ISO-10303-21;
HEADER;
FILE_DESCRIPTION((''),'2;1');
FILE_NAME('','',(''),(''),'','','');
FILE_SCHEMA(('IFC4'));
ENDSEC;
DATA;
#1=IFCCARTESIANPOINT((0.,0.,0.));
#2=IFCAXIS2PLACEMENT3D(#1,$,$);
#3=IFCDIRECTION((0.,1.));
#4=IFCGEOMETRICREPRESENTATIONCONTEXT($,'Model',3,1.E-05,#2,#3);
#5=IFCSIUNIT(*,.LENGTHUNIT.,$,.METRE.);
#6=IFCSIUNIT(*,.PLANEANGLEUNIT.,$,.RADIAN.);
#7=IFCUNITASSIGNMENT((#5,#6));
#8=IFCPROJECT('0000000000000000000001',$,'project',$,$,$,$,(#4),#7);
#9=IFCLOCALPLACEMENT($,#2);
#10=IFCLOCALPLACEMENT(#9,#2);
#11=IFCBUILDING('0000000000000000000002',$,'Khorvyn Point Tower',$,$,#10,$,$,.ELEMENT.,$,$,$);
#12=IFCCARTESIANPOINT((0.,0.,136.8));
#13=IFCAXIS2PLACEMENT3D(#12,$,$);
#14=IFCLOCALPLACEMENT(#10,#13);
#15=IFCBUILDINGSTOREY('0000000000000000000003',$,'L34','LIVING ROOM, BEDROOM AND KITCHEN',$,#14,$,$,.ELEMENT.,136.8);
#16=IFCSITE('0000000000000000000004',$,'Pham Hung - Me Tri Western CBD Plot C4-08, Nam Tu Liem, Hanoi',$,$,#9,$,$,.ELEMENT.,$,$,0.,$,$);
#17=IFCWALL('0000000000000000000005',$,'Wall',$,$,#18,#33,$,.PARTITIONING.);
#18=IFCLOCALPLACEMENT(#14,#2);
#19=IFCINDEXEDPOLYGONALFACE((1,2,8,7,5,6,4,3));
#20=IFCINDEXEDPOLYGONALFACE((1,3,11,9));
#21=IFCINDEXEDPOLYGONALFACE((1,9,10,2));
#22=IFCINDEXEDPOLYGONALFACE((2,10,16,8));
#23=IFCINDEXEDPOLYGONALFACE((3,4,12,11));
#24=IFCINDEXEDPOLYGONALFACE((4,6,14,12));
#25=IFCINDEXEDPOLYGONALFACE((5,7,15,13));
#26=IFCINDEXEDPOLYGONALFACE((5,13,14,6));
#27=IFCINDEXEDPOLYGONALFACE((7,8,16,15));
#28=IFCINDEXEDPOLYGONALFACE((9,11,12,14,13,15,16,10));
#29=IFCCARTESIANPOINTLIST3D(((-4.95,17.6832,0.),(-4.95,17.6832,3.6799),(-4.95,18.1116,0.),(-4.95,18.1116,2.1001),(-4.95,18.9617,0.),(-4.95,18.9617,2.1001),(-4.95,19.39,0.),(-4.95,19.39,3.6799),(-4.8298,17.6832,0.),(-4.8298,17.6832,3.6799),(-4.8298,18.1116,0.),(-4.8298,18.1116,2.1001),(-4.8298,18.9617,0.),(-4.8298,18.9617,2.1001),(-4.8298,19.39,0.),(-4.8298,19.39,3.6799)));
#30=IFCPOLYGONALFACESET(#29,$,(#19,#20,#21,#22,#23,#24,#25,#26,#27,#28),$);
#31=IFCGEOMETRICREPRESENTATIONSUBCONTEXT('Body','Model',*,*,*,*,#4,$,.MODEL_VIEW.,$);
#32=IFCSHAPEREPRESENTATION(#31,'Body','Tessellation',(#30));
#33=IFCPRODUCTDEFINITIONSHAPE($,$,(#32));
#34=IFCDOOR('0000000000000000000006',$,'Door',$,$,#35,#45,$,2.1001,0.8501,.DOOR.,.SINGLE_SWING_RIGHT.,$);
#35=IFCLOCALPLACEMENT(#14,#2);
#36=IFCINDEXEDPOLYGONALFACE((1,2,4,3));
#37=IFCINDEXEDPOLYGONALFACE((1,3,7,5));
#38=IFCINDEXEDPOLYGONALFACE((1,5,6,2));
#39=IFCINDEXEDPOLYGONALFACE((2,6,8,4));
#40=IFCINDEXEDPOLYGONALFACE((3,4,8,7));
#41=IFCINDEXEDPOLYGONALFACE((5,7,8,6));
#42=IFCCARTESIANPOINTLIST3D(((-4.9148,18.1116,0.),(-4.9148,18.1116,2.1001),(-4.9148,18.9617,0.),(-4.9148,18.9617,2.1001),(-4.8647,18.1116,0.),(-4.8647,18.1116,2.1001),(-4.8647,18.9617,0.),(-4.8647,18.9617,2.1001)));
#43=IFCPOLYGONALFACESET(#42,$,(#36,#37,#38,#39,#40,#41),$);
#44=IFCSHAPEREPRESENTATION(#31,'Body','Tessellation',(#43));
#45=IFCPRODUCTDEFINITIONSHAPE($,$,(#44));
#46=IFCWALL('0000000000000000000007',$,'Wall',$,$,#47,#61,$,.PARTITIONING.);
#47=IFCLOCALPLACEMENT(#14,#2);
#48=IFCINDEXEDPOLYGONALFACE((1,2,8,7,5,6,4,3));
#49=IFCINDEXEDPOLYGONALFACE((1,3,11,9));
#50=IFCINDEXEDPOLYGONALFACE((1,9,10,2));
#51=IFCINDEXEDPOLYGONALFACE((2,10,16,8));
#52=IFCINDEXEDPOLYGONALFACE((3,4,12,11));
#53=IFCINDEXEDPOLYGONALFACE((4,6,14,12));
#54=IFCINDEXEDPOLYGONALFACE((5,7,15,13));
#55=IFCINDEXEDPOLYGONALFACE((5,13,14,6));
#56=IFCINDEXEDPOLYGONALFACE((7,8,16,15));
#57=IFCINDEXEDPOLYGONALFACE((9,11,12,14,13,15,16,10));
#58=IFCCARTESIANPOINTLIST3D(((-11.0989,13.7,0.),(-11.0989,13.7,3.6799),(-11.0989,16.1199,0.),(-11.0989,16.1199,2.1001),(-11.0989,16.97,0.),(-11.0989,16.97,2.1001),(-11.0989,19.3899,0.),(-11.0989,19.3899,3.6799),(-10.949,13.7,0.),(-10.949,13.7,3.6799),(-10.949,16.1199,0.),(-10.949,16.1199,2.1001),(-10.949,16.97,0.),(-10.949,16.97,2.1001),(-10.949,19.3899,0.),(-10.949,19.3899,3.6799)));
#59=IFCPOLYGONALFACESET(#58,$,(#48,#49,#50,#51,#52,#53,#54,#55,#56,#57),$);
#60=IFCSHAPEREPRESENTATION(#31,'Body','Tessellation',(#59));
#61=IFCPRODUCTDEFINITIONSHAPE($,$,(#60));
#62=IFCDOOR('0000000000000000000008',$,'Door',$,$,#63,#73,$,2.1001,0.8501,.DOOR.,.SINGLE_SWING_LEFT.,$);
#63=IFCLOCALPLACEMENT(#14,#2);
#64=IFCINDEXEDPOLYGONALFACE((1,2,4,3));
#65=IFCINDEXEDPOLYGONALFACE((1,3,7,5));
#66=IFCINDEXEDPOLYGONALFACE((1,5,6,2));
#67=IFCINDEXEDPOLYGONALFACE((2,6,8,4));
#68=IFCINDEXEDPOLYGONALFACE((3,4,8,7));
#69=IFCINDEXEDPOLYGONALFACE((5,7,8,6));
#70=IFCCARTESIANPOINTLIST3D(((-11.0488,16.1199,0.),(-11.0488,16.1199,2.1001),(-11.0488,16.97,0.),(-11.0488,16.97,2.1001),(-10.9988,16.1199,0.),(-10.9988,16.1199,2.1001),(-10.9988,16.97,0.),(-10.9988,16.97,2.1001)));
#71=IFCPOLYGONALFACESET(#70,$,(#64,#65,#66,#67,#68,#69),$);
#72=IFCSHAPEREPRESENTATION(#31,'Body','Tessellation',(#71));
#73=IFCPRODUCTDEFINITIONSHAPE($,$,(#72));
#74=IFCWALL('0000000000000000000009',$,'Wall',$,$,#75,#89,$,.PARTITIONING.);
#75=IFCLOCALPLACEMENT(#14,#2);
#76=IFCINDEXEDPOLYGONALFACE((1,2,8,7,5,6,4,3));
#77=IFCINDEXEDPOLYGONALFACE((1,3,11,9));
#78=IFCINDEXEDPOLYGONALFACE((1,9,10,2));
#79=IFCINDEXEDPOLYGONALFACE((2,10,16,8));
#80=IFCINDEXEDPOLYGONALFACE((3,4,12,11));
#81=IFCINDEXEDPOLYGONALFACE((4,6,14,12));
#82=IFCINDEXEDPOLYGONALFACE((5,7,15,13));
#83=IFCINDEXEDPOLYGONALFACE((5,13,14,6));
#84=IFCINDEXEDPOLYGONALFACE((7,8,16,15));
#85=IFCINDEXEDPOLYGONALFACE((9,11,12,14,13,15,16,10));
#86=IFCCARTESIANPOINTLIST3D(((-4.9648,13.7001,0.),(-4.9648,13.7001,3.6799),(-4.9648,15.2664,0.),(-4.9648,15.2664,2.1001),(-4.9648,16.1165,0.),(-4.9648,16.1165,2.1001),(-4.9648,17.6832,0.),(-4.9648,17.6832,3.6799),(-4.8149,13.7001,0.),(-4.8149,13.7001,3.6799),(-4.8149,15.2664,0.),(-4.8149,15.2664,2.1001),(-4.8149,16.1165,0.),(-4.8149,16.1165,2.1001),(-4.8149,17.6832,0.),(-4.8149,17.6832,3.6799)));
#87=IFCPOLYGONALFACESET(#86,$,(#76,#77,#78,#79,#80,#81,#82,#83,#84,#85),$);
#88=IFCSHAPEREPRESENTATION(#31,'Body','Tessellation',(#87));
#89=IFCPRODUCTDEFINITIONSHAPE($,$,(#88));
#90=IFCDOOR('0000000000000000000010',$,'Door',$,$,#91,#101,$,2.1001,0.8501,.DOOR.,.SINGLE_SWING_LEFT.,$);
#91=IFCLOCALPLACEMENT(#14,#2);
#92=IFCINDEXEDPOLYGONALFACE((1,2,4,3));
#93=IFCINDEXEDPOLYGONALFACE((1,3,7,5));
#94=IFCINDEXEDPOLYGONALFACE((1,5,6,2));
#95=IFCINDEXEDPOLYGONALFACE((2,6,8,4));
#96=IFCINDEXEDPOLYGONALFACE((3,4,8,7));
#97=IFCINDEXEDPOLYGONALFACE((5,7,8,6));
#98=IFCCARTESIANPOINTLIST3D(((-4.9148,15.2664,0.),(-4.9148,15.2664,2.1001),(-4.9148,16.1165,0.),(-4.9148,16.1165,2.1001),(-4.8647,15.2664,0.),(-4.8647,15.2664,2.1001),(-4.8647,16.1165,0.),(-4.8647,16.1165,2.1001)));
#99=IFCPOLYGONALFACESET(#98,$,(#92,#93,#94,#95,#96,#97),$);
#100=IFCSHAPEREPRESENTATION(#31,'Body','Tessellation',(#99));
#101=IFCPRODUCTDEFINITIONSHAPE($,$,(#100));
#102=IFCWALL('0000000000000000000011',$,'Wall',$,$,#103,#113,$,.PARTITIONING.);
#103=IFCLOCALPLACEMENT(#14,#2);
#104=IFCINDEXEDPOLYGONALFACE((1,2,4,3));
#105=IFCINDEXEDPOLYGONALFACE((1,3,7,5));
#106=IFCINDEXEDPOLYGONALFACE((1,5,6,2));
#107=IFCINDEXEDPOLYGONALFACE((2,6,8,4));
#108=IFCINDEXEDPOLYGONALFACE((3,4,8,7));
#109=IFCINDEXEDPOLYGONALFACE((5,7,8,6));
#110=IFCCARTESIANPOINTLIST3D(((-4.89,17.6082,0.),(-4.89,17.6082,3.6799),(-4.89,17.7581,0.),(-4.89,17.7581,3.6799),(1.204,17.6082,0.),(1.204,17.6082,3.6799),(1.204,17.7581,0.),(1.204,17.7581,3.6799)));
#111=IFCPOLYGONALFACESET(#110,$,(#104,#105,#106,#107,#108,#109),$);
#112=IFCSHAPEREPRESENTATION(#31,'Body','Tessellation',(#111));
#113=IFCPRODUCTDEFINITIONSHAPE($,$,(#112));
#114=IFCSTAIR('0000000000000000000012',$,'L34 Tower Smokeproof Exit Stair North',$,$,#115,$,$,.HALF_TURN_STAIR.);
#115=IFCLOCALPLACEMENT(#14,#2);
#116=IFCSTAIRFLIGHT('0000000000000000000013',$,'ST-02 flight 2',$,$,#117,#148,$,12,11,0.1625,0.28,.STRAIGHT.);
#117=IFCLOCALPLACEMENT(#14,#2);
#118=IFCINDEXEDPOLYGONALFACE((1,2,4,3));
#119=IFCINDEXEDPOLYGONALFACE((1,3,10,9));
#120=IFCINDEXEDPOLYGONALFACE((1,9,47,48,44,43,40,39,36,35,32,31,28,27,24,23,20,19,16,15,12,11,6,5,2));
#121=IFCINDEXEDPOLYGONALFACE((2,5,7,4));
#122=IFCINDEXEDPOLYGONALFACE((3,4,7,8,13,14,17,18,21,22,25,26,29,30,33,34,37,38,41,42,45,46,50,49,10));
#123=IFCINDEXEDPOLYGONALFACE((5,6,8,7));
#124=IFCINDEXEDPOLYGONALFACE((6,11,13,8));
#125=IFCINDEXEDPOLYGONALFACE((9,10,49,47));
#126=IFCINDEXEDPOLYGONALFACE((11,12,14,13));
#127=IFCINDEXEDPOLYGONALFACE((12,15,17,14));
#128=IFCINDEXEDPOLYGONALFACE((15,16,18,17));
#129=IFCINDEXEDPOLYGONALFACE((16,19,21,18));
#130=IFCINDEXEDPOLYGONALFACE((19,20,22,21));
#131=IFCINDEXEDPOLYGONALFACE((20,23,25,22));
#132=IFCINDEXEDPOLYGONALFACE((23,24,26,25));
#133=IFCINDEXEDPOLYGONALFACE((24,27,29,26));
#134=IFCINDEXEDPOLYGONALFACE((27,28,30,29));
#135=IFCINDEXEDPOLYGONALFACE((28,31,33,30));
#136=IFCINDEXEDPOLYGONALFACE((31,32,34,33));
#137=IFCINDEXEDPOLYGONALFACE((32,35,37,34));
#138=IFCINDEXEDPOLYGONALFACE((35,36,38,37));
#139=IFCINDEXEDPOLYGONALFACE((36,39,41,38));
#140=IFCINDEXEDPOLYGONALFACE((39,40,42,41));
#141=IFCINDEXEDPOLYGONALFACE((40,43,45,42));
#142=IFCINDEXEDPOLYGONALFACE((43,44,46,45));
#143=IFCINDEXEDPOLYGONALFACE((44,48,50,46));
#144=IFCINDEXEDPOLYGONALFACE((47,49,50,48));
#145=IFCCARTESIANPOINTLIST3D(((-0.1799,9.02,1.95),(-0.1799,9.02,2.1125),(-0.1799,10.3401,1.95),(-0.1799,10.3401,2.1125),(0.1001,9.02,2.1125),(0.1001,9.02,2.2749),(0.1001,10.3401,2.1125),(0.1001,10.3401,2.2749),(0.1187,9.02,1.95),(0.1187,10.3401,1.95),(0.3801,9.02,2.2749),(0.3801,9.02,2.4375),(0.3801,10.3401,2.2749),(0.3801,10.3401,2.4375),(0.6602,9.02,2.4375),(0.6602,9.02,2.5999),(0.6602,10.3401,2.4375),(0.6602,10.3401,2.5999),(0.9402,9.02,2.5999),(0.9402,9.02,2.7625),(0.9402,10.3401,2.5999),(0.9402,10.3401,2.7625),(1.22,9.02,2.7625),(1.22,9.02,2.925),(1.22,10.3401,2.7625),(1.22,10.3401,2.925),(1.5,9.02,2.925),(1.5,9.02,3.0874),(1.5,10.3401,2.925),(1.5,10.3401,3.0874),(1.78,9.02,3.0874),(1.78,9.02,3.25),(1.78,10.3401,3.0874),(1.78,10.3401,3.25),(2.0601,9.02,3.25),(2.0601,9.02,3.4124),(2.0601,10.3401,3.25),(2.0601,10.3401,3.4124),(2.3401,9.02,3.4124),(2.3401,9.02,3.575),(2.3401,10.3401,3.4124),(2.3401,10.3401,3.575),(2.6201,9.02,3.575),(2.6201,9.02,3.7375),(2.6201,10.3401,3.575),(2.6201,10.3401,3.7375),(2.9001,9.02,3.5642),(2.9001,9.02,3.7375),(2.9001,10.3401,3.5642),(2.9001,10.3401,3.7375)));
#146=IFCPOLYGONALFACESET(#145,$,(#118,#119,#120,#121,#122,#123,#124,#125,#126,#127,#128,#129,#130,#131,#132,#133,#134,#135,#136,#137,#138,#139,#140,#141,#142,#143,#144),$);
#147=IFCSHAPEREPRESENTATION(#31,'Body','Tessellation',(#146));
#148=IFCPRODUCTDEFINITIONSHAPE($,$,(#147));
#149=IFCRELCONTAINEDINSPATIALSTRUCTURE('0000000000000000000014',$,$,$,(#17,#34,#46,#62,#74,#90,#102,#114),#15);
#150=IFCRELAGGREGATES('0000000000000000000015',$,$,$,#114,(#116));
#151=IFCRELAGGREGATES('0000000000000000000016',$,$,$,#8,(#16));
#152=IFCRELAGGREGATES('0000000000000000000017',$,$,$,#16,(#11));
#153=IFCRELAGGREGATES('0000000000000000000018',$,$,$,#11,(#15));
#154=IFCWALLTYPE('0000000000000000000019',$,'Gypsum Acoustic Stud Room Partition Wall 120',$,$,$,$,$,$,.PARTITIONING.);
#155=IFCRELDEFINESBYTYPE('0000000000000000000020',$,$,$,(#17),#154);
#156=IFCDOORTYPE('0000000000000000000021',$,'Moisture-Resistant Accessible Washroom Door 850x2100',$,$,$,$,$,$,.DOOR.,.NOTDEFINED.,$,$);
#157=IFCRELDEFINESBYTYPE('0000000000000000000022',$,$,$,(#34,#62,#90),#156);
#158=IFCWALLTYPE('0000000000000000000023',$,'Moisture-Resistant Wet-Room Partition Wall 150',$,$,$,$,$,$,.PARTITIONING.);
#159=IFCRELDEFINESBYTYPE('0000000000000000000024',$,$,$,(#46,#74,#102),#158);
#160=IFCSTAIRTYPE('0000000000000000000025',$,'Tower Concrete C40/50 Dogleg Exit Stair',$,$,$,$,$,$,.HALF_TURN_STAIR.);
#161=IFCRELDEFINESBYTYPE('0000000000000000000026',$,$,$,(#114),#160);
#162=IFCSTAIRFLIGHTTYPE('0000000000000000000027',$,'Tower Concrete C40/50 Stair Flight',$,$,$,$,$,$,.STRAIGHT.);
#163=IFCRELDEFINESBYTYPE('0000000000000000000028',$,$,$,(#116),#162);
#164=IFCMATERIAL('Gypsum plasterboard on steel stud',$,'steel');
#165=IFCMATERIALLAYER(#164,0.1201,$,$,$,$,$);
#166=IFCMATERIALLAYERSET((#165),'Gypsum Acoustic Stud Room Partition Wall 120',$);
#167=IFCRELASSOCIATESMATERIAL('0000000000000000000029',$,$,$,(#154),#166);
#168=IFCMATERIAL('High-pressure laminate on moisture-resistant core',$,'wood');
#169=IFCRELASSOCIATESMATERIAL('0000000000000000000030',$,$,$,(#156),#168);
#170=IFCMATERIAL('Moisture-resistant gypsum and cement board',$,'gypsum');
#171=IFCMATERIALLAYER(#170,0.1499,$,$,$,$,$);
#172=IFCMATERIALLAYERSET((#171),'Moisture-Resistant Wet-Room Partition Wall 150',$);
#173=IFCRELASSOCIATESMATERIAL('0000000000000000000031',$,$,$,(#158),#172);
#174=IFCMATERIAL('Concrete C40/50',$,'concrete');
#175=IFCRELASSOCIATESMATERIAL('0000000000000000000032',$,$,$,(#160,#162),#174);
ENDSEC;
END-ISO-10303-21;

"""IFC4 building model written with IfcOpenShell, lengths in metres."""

from ifc_helpers import new_model, si_unit, direction, frame, frame_2d, origin, place, context, subcontext, project, spatial, polyline, rectangle, outline, extrude, material, layer, layer_set, type_object, element, fill, aggregate, save


model = new_model("IFC4")

# Units and contexts
model_context = context("Model", 3, precision=1e-05, world=origin(), true_north=direction((0.0, 1.0)))
body_context = subcontext(model_context, "Body", "Model", "MODEL_VIEW")
ifc_project = project(units=[si_unit("LENGTHUNIT", "METRE"), si_unit("PLANEANGLEUNIT", "RADIAN")], contexts=[model_context])

# Site, building, storey
site_placement = place(None, origin())
site = spatial("IfcSite", under=ifc_project, at=site_placement, Name="Pham Hung - Me Tri Western CBD Plot C4-08, Nam Tu Liem, Hanoi", CompositionType="ELEMENT", RefElevation=0.0)
building_placement = place(site_placement, origin())
building = spatial("IfcBuilding", under=site, at=building_placement, Name="Khorvyn Point Tower", CompositionType="ELEMENT")
storey_placement = place(building_placement, frame((0.0, 0.0, 136.8)))
storey = spatial("IfcBuildingStorey", under=building, at=storey_placement, Name="L34", Description="LIVING ROOM, BEDROOM AND KITCHEN", CompositionType="ELEMENT", Elevation=136.8)

# Shared definitions
ifc_material_1 = material(Name="Concrete C40/50", Category="concrete")

# Walls, openings, doors
ifc_material_2 = material(Name="Gypsum plasterboard on steel stud", Category="steel")
ifc_layer_1 = layer(ifc_material_2, 0.1201)
ifc_layer_set_1 = layer_set([ifc_layer_1], Name="Gypsum Acoustic Stud Room Partition Wall 120")
wall_type_1 = type_object("IfcWallType", Name="Gypsum Acoustic Stud Room Partition Wall 120", PredefinedType="PARTITIONING", material=ifc_layer_set_1)
wall_1_placement = place(storey_placement, frame((-4.8899, 17.6831, 0.0), z_axis=(0.0, 0.0, 1.0), x_axis=(0.0, 1.0, 0.0)))
wall_1 = element("IfcWall", 1, at=wall_1_placement, inside=storey, type_object=wall_type_1, Name="Wall", PredefinedType="PARTITIONING", context=body_context, shape_type="SweptSolid", body=[
    extrude(rectangle(XDim=1.7068, YDim=0.1201, at=frame_2d((0.8535, 0.0))), origin(), (0.0, 0.0, 1.0), 3.6799),
])
opening_1_placement = place(wall_1_placement, frame((0.4285, 0.0, 0.0)))
opening_1 = element("IfcOpeningElement", 2, at=opening_1_placement, cuts=wall_1, PredefinedType="OPENING", context=body_context, shape_type="SweptSolid", body=[
    extrude(rectangle(XDim=0.8501, YDim=2.1001, at=frame_2d((0.425, 1.05))), frame((0.0, 0.0701, 0.0), z_axis=(0.0, -1.0, 0.0), x_axis=(1.0, 0.0, 0.0)), (0.0, 0.0, 1.0), 0.1401),
])
ifc_material_3 = material(Name="High-pressure laminate on moisture-resistant core", Category="wood")
door_type_1 = type_object("IfcDoorType", Name="Moisture-Resistant Accessible Washroom Door 850x2100", OperationType="NOTDEFINED", PredefinedType="DOOR", material=ifc_material_3)
door_1_placement = place(opening_1_placement, origin())
door_1 = element("IfcDoor", 3, at=door_1_placement, inside=storey, type_object=door_type_1, Name="Door", OperationType="SINGLE_SWING_RIGHT", OverallHeight=2.1001, OverallWidth=0.8501, PredefinedType="DOOR", context=body_context, shape_type="SweptSolid", body=[
    extrude(rectangle(XDim=0.8501, YDim=2.1001, at=frame_2d((0.425, 1.05))), frame((0.0, 0.0249, 0.0), z_axis=(0.0, -1.0, 0.0), x_axis=(1.0, 0.0, 0.0)), (0.0, 0.0, 1.0), 0.05),
])
fill(opening_1, door_1)
ifc_material_4 = material(Name="Moisture-resistant gypsum and cement board", Category="gypsum")
ifc_layer_2 = layer(ifc_material_4, 0.1499)
ifc_layer_set_2 = layer_set([ifc_layer_2], Name="Moisture-Resistant Wet-Room Partition Wall 150")
wall_type_2 = type_object("IfcWallType", Name="Moisture-Resistant Wet-Room Partition Wall 150", PredefinedType="PARTITIONING", material=ifc_layer_set_2)
wall_2_placement = place(storey_placement, frame((-11.0239, 13.7, 0.0), z_axis=(0.0, 0.0, 1.0), x_axis=(0.0, 1.0, 0.0)))
wall_2 = element("IfcWall", 4, at=wall_2_placement, inside=storey, type_object=wall_type_2, Name="Wall", PredefinedType="PARTITIONING", context=body_context, shape_type="SweptSolid", body=[
    extrude(rectangle(XDim=5.6899, YDim=0.1499, at=frame_2d((2.845, 0.0))), origin(), (0.0, 0.0, 1.0), 3.6799),
])
opening_2_placement = place(wall_2_placement, frame((2.4199, 0.0, 0.0)))
opening_2 = element("IfcOpeningElement", 5, at=opening_2_placement, cuts=wall_2, PredefinedType="OPENING", context=body_context, shape_type="SweptSolid", body=[
    extrude(rectangle(XDim=0.8501, YDim=2.1001, at=frame_2d((0.425, 1.05))), frame((0.0, 0.085, 0.0), z_axis=(0.0, -1.0, 0.0), x_axis=(1.0, 0.0, 0.0)), (0.0, 0.0, 1.0), 0.1699),
])
door_2_placement = place(opening_2_placement, origin())
door_2 = element("IfcDoor", 6, at=door_2_placement, inside=storey, type_object=door_type_1, Name="Door", OperationType="SINGLE_SWING_LEFT", OverallHeight=2.1001, OverallWidth=0.8501, PredefinedType="DOOR", context=body_context, shape_type="SweptSolid", body=[
    extrude(rectangle(XDim=0.8501, YDim=2.1001, at=frame_2d((0.425, 1.05))), frame((0.0, 0.0249, 0.0), z_axis=(0.0, -1.0, 0.0), x_axis=(1.0, 0.0, 0.0)), (0.0, 0.0, 1.0), 0.05),
])
fill(opening_2, door_2)
wall_3_placement = place(storey_placement, frame((-4.8899, 13.7, 0.0), z_axis=(0.0, 0.0, 1.0), x_axis=(0.0, 1.0, 0.0)))
wall_3 = element("IfcWall", 7, at=wall_3_placement, inside=storey, type_object=wall_type_2, Name="Wall", PredefinedType="PARTITIONING", context=body_context, shape_type="SweptSolid", body=[
    extrude(rectangle(XDim=3.9832, YDim=0.1499, at=frame_2d((1.9917, 0.0))), origin(), (0.0, 0.0, 1.0), 3.6799),
])
opening_3_placement = place(wall_3_placement, frame((1.5664, 0.0, 0.0)))
opening_3 = element("IfcOpeningElement", 8, at=opening_3_placement, cuts=wall_3, PredefinedType="OPENING", context=body_context, shape_type="SweptSolid", body=[
    extrude(rectangle(XDim=0.8501, YDim=2.1001, at=frame_2d((0.425, 1.05))), frame((0.0, 0.085, 0.0), z_axis=(0.0, -1.0, 0.0), x_axis=(1.0, 0.0, 0.0)), (0.0, 0.0, 1.0), 0.1699),
])
door_3_placement = place(opening_3_placement, origin())
door_3 = element("IfcDoor", 9, at=door_3_placement, inside=storey, type_object=door_type_1, Name="Door", OperationType="SINGLE_SWING_LEFT", OverallHeight=2.1001, OverallWidth=0.8501, PredefinedType="DOOR", context=body_context, shape_type="SweptSolid", body=[
    extrude(rectangle(XDim=0.8501, YDim=2.1001, at=frame_2d((0.425, 1.05))), frame((0.0, 0.0249, 0.0), z_axis=(0.0, -1.0, 0.0), x_axis=(1.0, 0.0, 0.0)), (0.0, 0.0, 1.0), 0.05),
])
fill(opening_3, door_3)

# Wall
wall_4_placement = place(storey_placement, frame((-4.8899, 17.6831, 0.0), z_axis=(0.0, 0.0, 1.0), x_axis=(1.0, 0.0, 0.0)))
element("IfcWall", 10, at=wall_4_placement, inside=storey, type_object=wall_type_2, Name="Wall", PredefinedType="PARTITIONING", context=body_context, shape_type="SweptSolid", body=[
    extrude(rectangle(XDim=6.094, YDim=0.1499, at=frame_2d((3.0469, 0.0))), origin(), (0.0, 0.0, 1.0), 3.6799),
])

# Stair, stair flight
stair_type = type_object("IfcStairType", Name="Tower Concrete C40/50 Dogleg Exit Stair", PredefinedType="HALF_TURN_STAIR", material=ifc_material_1)
stair_placement = place(storey_placement, origin())
stair = element("IfcStair", 11, at=stair_placement, inside=storey, type_object=stair_type, Name="L34 Tower Smokeproof Exit Stair North", PredefinedType="HALF_TURN_STAIR")
stair_flight_type = type_object("IfcStairFlightType", Name="Tower Concrete C40/50 Stair Flight", PredefinedType="STRAIGHT", material=ifc_material_1)
stair_flight_placement = place(storey_placement, frame((-0.1799, 9.6799, 1.95), z_axis=(0.0, 0.0, 1.0), x_axis=(1.0, 0.0, 0.0)))
stair_flight = element("IfcStairFlight", 12, at=stair_flight_placement, type_object=stair_flight_type, Name="ST-02 flight 2", NumberOfRisers=12, NumberOfTreads=11, PredefinedType="STRAIGHT", RiserHeight=0.1625, TreadLength=0.28, context=body_context, shape_type="SweptSolid", body=[
    extrude(outline(polyline([(0.0, 0.0), (0.0, 0.1626), (0.28, 0.1626), (0.28, 0.325), (0.5601, 0.325), (0.5601, 0.4875), (0.8401, 0.4875), (0.8401, 0.6499), (1.1201, 0.6499), (1.1201, 0.8125), (1.3999, 0.8125), (1.3999, 0.9751), (1.6799, 0.9751), (1.6799, 1.1375), (1.96, 1.1375), (1.96, 1.3), (2.24, 1.3), (2.24, 1.4624), (2.52, 1.4624), (2.52, 1.625), (2.8, 1.625), (2.8, 1.7876), (3.0801, 1.7876), (3.0801, 1.95), (3.0801, 1.6143), (0.2986, 0.0), (0.0, 0.0)])), frame((0.0, 0.6602, 0.0), z_axis=(0.0, -1.0, 0.0), x_axis=(1.0, 0.0, 0.0)), (0.0, 0.0, 1.0), 1.3201),
])
aggregate(stair, [stair_flight])

save(model, "model.ifc")
